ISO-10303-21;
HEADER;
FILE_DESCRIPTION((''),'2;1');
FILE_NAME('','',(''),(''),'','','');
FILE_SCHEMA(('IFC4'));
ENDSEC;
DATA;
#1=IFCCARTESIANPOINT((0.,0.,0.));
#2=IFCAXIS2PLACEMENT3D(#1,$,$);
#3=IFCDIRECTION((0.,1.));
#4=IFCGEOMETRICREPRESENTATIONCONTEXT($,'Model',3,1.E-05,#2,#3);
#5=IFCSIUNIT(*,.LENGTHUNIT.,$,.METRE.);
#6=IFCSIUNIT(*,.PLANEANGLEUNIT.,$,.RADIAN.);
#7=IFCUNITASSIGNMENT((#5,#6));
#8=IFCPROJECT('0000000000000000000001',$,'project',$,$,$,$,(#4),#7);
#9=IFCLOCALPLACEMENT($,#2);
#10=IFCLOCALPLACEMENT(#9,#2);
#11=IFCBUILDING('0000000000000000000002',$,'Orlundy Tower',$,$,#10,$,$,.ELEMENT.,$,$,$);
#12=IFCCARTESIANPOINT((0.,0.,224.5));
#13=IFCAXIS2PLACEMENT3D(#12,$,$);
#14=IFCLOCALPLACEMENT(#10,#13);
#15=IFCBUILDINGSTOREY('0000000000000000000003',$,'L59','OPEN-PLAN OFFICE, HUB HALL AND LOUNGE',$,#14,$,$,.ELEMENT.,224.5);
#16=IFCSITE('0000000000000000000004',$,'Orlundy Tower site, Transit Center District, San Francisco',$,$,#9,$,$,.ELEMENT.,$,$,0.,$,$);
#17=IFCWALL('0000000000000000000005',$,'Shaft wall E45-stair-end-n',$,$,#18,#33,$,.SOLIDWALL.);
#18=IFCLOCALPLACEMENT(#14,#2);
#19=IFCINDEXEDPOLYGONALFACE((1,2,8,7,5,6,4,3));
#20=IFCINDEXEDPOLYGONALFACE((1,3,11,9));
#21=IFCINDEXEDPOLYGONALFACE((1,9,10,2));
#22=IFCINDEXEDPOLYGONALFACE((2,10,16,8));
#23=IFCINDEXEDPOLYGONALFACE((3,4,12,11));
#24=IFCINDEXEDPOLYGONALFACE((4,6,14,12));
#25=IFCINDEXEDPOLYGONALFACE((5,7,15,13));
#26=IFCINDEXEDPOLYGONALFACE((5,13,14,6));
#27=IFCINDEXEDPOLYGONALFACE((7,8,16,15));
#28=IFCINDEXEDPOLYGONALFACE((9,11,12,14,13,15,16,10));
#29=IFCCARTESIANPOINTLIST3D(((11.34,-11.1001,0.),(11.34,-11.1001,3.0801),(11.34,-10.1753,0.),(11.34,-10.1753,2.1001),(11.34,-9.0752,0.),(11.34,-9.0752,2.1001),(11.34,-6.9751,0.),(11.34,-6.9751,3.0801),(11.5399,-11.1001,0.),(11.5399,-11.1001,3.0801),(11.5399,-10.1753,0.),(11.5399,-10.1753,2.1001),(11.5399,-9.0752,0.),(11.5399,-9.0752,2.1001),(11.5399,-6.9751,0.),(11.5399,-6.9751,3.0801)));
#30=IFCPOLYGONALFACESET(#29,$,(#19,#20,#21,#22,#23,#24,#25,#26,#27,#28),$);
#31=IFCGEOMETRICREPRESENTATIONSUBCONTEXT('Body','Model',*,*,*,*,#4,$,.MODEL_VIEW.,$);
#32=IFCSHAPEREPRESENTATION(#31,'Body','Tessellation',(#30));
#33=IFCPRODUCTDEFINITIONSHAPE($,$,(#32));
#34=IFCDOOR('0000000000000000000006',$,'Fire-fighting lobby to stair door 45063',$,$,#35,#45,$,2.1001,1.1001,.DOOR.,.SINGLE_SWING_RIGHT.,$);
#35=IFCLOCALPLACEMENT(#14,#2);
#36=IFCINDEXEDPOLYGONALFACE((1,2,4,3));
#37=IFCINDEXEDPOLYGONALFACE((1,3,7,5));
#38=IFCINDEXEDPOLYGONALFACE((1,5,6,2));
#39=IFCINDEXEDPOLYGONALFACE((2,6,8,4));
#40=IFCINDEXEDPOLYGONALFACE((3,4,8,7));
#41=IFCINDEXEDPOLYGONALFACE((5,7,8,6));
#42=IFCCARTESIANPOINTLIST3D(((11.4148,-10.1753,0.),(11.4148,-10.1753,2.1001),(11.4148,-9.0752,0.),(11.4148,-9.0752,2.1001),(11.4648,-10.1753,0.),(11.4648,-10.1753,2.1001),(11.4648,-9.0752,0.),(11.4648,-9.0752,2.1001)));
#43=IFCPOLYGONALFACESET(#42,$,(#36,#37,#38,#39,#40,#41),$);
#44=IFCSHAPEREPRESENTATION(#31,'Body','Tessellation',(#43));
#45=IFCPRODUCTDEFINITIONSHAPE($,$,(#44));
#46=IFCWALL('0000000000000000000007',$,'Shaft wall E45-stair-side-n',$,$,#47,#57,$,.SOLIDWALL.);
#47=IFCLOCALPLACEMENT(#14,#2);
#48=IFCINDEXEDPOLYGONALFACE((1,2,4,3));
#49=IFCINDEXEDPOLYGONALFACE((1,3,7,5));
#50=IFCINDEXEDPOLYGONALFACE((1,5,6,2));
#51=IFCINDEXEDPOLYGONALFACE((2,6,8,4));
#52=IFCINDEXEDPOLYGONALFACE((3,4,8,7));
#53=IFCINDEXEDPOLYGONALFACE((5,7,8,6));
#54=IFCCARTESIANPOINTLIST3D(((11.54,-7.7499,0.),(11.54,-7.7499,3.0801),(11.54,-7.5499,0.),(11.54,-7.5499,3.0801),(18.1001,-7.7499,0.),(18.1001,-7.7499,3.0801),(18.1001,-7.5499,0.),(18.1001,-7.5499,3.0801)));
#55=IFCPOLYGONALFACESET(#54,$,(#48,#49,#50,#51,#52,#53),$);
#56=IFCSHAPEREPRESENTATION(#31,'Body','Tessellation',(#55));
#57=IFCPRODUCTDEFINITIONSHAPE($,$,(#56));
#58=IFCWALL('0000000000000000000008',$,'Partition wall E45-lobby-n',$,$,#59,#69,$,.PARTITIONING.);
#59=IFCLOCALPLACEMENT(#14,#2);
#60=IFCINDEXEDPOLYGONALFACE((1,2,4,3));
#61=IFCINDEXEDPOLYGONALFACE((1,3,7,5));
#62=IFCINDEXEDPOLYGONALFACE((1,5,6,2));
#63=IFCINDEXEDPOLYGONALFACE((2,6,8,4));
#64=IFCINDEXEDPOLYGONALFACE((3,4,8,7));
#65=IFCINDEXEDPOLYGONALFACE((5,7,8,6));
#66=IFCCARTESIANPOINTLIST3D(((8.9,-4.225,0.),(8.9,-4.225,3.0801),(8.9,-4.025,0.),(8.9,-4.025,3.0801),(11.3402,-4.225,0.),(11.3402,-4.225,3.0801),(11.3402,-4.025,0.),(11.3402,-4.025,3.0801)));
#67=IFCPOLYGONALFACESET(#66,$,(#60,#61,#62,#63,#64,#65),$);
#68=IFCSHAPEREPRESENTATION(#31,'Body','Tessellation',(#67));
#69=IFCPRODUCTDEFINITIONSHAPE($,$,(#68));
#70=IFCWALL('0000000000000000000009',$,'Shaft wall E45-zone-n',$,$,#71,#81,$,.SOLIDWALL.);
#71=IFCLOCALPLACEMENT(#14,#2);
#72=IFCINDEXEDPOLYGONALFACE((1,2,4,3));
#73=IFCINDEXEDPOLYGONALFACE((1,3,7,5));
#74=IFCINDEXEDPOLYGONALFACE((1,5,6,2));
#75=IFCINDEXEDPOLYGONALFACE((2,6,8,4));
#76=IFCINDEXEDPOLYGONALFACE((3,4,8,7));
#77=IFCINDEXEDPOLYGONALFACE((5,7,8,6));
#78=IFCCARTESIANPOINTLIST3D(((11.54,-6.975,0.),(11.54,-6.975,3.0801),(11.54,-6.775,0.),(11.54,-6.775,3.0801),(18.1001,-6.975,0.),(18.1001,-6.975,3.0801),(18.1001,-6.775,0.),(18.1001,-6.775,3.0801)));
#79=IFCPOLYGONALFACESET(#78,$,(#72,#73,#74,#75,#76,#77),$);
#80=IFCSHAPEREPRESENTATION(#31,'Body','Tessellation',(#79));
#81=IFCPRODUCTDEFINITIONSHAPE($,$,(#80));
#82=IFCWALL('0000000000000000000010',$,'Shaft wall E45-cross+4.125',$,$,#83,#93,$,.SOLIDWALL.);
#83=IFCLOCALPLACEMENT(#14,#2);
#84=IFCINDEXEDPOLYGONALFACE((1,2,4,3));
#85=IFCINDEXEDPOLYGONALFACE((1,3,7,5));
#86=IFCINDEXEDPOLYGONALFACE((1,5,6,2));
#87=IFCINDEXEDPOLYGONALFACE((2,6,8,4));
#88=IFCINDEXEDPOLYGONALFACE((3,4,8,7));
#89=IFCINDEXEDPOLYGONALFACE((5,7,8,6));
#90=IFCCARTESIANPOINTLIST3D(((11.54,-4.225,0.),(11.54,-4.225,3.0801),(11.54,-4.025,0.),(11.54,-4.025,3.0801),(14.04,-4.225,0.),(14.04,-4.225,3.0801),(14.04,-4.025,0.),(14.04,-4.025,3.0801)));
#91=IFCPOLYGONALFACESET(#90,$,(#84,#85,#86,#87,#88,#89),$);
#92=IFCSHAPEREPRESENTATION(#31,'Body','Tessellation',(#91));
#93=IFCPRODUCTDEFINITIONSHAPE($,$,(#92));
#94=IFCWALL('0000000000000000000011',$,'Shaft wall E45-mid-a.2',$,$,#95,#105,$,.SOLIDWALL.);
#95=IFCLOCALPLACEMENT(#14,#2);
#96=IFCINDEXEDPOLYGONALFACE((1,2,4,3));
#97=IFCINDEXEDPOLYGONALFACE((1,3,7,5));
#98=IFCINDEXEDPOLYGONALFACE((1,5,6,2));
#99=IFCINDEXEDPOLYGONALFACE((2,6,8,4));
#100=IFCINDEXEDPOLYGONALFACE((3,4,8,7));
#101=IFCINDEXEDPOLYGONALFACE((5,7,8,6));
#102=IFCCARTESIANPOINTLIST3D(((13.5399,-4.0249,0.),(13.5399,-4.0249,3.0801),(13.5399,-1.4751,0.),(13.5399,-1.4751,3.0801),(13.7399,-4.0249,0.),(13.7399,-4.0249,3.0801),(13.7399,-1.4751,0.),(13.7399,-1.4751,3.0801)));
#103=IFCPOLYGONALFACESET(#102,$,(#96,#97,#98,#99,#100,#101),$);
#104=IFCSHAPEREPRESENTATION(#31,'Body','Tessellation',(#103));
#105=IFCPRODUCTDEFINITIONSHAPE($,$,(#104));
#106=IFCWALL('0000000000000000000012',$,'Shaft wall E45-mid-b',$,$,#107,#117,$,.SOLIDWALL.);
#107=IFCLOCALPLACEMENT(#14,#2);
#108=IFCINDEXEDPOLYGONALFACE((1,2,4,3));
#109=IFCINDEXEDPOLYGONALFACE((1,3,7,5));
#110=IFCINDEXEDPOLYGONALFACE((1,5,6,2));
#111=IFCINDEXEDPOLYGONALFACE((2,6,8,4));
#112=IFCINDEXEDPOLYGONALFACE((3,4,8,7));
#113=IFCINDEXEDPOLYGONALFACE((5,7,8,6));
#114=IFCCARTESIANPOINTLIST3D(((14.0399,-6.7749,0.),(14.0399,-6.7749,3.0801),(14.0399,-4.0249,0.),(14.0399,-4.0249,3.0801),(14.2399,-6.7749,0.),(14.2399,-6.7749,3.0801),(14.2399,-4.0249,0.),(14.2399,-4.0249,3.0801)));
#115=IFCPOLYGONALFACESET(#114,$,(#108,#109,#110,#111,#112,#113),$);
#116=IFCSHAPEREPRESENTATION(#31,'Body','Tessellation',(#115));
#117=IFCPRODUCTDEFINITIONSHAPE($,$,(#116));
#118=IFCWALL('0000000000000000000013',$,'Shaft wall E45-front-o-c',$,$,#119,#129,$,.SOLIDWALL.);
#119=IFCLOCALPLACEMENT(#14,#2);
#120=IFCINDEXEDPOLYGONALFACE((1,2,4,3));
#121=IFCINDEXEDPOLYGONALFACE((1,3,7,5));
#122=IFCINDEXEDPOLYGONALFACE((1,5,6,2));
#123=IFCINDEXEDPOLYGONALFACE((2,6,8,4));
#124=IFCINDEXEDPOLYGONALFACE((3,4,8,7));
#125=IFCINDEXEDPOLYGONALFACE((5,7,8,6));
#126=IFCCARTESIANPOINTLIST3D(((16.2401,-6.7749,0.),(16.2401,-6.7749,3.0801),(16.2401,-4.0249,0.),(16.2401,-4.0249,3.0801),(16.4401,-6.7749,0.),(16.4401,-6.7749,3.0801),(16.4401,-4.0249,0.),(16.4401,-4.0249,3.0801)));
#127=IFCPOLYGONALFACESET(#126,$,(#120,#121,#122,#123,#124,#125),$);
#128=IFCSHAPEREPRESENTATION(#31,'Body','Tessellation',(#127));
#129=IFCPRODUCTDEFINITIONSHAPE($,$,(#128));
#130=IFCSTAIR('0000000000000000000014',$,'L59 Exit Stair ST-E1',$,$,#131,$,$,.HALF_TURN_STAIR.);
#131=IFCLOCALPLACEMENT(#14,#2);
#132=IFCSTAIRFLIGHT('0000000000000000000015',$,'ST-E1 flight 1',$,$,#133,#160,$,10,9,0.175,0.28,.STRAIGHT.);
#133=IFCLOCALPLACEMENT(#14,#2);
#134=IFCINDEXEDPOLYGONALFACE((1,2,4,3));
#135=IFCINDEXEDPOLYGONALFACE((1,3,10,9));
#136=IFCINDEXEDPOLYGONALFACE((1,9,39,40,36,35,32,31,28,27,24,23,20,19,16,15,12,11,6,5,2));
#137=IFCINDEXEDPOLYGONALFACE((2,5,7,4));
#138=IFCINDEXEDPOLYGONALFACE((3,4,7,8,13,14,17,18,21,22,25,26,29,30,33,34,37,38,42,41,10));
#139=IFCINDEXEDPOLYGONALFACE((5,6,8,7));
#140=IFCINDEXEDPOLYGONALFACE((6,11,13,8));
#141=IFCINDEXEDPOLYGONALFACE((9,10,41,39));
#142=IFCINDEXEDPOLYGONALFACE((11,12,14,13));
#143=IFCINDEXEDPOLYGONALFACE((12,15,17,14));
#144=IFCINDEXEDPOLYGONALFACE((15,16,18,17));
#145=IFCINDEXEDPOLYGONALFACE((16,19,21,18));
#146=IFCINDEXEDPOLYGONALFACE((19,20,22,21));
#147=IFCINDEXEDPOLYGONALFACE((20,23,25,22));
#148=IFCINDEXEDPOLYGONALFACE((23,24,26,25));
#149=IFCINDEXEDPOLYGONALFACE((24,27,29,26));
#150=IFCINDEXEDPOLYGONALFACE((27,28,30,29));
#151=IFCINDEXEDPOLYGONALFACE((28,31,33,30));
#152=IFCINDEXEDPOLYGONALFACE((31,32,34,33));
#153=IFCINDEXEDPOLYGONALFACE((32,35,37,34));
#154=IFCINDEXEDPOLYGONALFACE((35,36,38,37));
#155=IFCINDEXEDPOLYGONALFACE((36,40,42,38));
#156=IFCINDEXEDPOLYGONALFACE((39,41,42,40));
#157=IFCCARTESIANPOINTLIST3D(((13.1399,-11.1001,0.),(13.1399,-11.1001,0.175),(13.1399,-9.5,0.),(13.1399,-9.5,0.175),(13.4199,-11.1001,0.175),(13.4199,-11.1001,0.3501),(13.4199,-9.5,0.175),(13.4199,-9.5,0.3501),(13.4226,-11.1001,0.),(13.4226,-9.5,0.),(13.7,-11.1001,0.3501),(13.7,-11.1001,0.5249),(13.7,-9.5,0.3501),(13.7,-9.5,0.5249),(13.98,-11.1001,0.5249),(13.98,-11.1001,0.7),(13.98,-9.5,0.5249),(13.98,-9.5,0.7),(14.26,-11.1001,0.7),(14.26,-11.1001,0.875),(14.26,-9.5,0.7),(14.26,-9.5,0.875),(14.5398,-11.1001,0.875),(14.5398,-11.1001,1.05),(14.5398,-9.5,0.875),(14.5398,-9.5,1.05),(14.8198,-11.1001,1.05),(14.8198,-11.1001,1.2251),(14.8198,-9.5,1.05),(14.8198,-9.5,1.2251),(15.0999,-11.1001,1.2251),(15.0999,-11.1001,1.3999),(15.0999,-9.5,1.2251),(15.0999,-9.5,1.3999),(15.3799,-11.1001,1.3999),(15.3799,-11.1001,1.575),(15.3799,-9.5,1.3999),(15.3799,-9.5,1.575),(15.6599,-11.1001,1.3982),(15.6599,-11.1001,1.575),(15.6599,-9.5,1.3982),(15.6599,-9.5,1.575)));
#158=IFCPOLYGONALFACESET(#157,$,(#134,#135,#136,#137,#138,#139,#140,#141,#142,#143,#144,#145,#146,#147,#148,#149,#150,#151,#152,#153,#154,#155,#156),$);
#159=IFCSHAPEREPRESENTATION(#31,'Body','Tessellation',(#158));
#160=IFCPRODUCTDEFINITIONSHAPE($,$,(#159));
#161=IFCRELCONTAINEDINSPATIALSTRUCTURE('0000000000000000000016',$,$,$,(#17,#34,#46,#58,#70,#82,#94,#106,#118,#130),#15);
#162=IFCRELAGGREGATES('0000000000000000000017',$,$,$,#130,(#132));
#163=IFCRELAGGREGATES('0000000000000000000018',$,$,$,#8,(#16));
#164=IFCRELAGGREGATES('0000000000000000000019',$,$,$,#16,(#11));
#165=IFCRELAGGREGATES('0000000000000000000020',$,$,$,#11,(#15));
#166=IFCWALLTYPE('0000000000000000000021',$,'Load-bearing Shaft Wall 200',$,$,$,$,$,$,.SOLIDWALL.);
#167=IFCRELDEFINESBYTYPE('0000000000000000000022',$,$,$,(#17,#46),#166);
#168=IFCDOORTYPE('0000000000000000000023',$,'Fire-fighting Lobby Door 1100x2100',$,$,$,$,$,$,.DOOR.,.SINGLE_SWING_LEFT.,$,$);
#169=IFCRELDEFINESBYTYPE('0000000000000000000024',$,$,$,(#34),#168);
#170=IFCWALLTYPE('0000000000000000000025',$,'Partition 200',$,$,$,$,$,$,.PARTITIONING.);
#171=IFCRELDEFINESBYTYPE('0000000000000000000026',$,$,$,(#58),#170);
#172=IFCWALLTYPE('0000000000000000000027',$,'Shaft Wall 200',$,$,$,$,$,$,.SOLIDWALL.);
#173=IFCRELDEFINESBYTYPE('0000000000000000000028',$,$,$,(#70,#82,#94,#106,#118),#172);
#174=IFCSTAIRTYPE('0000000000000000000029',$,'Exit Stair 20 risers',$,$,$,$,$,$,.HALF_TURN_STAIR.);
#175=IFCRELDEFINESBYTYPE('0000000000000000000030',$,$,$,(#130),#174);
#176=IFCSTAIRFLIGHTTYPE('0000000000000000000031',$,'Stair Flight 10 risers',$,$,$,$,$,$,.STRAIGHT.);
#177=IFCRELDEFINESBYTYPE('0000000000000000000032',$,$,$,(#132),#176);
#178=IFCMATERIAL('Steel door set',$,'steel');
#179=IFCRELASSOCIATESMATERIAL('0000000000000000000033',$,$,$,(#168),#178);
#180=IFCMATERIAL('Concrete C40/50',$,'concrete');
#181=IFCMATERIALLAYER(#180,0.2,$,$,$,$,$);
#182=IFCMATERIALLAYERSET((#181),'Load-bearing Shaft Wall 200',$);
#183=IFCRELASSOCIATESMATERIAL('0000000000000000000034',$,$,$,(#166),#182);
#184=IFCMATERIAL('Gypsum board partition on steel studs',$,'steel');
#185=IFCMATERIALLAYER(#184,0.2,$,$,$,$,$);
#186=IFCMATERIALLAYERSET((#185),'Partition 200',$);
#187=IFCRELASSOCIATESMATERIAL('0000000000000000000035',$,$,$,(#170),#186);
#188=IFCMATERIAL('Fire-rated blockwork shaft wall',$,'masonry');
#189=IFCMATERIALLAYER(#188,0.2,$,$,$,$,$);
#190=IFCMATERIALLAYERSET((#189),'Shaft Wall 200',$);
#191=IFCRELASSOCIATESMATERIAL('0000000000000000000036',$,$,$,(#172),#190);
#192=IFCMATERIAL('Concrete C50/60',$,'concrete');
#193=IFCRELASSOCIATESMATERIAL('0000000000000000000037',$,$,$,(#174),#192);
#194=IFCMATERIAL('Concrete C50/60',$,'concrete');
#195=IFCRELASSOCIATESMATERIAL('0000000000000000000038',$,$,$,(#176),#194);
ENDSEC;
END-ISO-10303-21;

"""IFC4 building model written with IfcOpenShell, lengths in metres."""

from ifc_helpers import new_model, si_unit, direction, frame, frame_2d, origin, place, context, subcontext, project, spatial, polyline, rectangle, outline, extrude, material, layer, layer_set, type_object, element, fill, aggregate, save


model = new_model("IFC4")

# Units and contexts
model_context = context("Model", 3, precision=1e-05, world=origin(), true_north=direction((0.0, 1.0)))
body_context = subcontext(model_context, "Body", "Model", "MODEL_VIEW")
ifc_project = project(units=[si_unit("LENGTHUNIT", "METRE"), si_unit("PLANEANGLEUNIT", "RADIAN")], contexts=[model_context])

# Site, building, storey
site_placement = place(None, origin())
site = spatial("IfcSite", under=ifc_project, at=site_placement, Name="Orlundy Tower site, Transit Center District, San Francisco", CompositionType="ELEMENT", RefElevation=0.0)
building_placement = place(site_placement, origin())
building = spatial("IfcBuilding", under=site, at=building_placement, Name="Orlundy Tower", CompositionType="ELEMENT")
storey_placement = place(building_placement, frame((0.0, 0.0, 224.5)))
storey = spatial("IfcBuildingStorey", under=building, at=storey_placement, Name="L59", Description="OPEN-PLAN OFFICE, HUB HALL AND LOUNGE", CompositionType="ELEMENT", Elevation=224.5)

# Shared definitions
ifc_material_1 = material(Name="Steel door set", Category="steel")
door_type_1 = type_object("IfcDoorType", Name="Fire-fighting Lobby Door 1100x2100", OperationType="SINGLE_SWING_LEFT", PredefinedType="DOOR", material=ifc_material_1)

# Wall, opening, door
ifc_material_2 = material(Name="Concrete C40/50", Category="concrete")
ifc_layer_1 = layer(ifc_material_2, 0.2)
ifc_layer_set_1 = layer_set([ifc_layer_1], Name="Load-bearing Shaft Wall 200")
wall_type_1 = type_object("IfcWallType", Name="Load-bearing Shaft Wall 200", PredefinedType="SOLIDWALL", material=ifc_layer_set_1)
wall_1_placement = place(storey_placement, frame((11.4399, -6.9751, 0.0), z_axis=(0.0, 0.0, 1.0), x_axis=(0.0, -1.0, 0.0)))
wall_1 = element("IfcWall", 1, at=wall_1_placement, inside=storey, type_object=wall_type_1, Name="Shaft wall E45-stair-end-n", PredefinedType="SOLIDWALL", context=body_context, shape_type="SweptSolid", body=[
    extrude(rectangle(XDim=4.125, YDim=0.2, at=frame_2d((2.0625, 0.0))), origin(), (0.0, 0.0, 1.0), 3.0801),
])
opening_1_placement = place(wall_1_placement, frame((2.1001, 0.0, 0.0)))
opening_1 = element("IfcOpeningElement", 2, at=opening_1_placement, cuts=wall_1, PredefinedType="OPENING", context=body_context, shape_type="SweptSolid", body=[
    extrude(rectangle(XDim=1.1001, YDim=2.1001, at=frame_2d((0.55, 1.05))), frame((0.0, 0.1101, 0.0), z_axis=(0.0, -1.0, 0.0), x_axis=(1.0, 0.0, 0.0)), (0.0, 0.0, 1.0), 0.2202),
])
door_1_placement = place(opening_1_placement, origin())
door_1 = element("IfcDoor", 3, at=door_1_placement, inside=storey, type_object=door_type_1, Name="Fire-fighting lobby to stair door 45063", OperationType="SINGLE_SWING_RIGHT", OverallHeight=2.1001, OverallWidth=1.1001, PredefinedType="DOOR", context=body_context, shape_type="SweptSolid", body=[
    extrude(rectangle(XDim=1.1001, YDim=2.1001, at=frame_2d((0.55, 1.05))), frame((0.0, 0.0249, 0.0), z_axis=(0.0, -1.0, 0.0), x_axis=(1.0, 0.0, 0.0)), (0.0, 0.0, 1.0), 0.05),
])
fill(opening_1, door_1)

# Walls
wall_2_placement = place(storey_placement, frame((11.54, -7.6499, 0.0), z_axis=(0.0, 0.0, 1.0), x_axis=(1.0, 0.0, 0.0)))
element("IfcWall", 4, at=wall_2_placement, inside=storey, type_object=wall_type_1, Name="Shaft wall E45-stair-side-n", PredefinedType="SOLIDWALL", context=body_context, shape_type="SweptSolid", body=[
    extrude(rectangle(XDim=6.5601, YDim=0.2, at=frame_2d((3.28, 0.0))), origin(), (0.0, 0.0, 1.0), 3.0801),
])
ifc_material_3 = material(Name="Gypsum board partition on steel studs", Category="steel")
ifc_layer_2 = layer(ifc_material_3, 0.2)
ifc_layer_set_2 = layer_set([ifc_layer_2], Name="Partition 200")
wall_type_2 = type_object("IfcWallType", Name="Partition 200", PredefinedType="PARTITIONING", material=ifc_layer_set_2)
wall_3_placement = place(storey_placement, frame((8.8999, -4.125, 0.0), z_axis=(0.0, 0.0, 1.0), x_axis=(1.0, 0.0, 0.0)))
element("IfcWall", 5, at=wall_3_placement, inside=storey, type_object=wall_type_2, Name="Partition wall E45-lobby-n", PredefinedType="PARTITIONING", context=body_context, shape_type="SweptSolid", body=[
    extrude(rectangle(XDim=2.4402, YDim=0.2, at=frame_2d((1.2202, 0.0))), origin(), (0.0, 0.0, 1.0), 3.0801),
])
ifc_material_4 = material(Name="Fire-rated blockwork shaft wall", Category="masonry")
ifc_layer_3 = layer(ifc_material_4, 0.2)
ifc_layer_set_3 = layer_set([ifc_layer_3], Name="Shaft Wall 200")
wall_type_3 = type_object("IfcWallType", Name="Shaft Wall 200", PredefinedType="SOLIDWALL", material=ifc_layer_set_3)
wall_4_placement = place(storey_placement, frame((11.54, -6.875, 0.0), z_axis=(0.0, 0.0, 1.0), x_axis=(1.0, 0.0, 0.0)))
element("IfcWall", 6, at=wall_4_placement, inside=storey, type_object=wall_type_3, Name="Shaft wall E45-zone-n", PredefinedType="SOLIDWALL", context=body_context, shape_type="SweptSolid", body=[
    extrude(rectangle(XDim=6.5601, YDim=0.2, at=frame_2d((3.28, 0.0))), origin(), (0.0, 0.0, 1.0), 3.0801),
])
wall_5_placement = place(storey_placement, frame((11.54, -4.125, 0.0), z_axis=(0.0, 0.0, 1.0), x_axis=(1.0, 0.0, 0.0)))
element("IfcWall", 7, at=wall_5_placement, inside=storey, type_object=wall_type_3, Name="Shaft wall E45-cross+4.125", PredefinedType="SOLIDWALL", context=body_context, shape_type="SweptSolid", body=[
    extrude(rectangle(XDim=2.5, YDim=0.2, at=frame_2d((1.25, 0.0))), origin(), (0.0, 0.0, 1.0), 3.0801),
])
wall_6_placement = place(storey_placement, frame((13.6399, -1.4751, 0.0), z_axis=(0.0, 0.0, 1.0), x_axis=(0.0, -1.0, 0.0)))
element("IfcWall", 8, at=wall_6_placement, inside=storey, type_object=wall_type_3, Name="Shaft wall E45-mid-a.2", PredefinedType="SOLIDWALL", context=body_context, shape_type="SweptSolid", body=[
    extrude(rectangle(XDim=2.5498, YDim=0.2, at=frame_2d((1.2749, 0.0))), origin(), (0.0, 0.0, 1.0), 3.0801),
])
for number, where, z_axis, x_axis, name in (
    (9, (14.1399, -4.0249, 0.0), (0.0, 0.0, 1.0), (0.0, -1.0, 0.0), "Shaft wall E45-mid-b"),
    (10, (16.3401, -4.0249, 0.0), (0.0, 0.0, 1.0), (0.0, -1.0, 0.0), "Shaft wall E45-front-o-c"),
):
    element("IfcWall", number, at=place(storey_placement, frame(where, z_axis=z_axis, x_axis=x_axis)), inside=storey, type_object=wall_type_3, Name=name, PredefinedType="SOLIDWALL", context=body_context, shape_type="SweptSolid", body=[
        extrude(rectangle(XDim=2.75, YDim=0.2, at=frame_2d((1.375, 0.0))), origin(), (0.0, 0.0, 1.0), 3.0801),
    ])

# Stair, stair flight
ifc_material_5 = material(Name="Concrete C50/60", Category="concrete")
stair_type = type_object("IfcStairType", Name="Exit Stair 20 risers", PredefinedType="HALF_TURN_STAIR", material=ifc_material_5)
stair_placement = place(storey_placement, origin())
stair = element("IfcStair", 11, at=stair_placement, inside=storey, type_object=stair_type, Name="L59 Exit Stair ST-E1", PredefinedType="HALF_TURN_STAIR")
ifc_material_6 = material(Name="Concrete C50/60", Category="concrete")
stair_flight_type = type_object("IfcStairFlightType", Name="Stair Flight 10 risers", PredefinedType="STRAIGHT", material=ifc_material_6)
stair_flight_1_placement = place(storey_placement, frame((13.1399, -10.3, 0.0), z_axis=(0.0, 0.0, 1.0), x_axis=(1.0, 0.0, 0.0)))
stair_flight_1 = element("IfcStairFlight", 12, at=stair_flight_1_placement, type_object=stair_flight_type, Name="ST-E1 flight 1", NumberOfRisers=10, NumberOfTreads=9, PredefinedType="STRAIGHT", RiserHeight=0.175, TreadLength=0.28, context=body_context, shape_type="SweptSolid", body=[
    extrude(outline(polyline([(0.0, 0.0), (0.0, 0.175), (0.28, 0.175), (0.28, 0.3501), (0.5601, 0.3501), (0.5601, 0.5249), (0.8401, 0.5249), (0.8401, 0.7), (1.1201, 0.7), (1.1201, 0.875), (1.3999, 0.875), (1.3999, 1.05), (1.6799, 1.05), (1.6799, 1.2251), (1.96, 1.2251), (1.96, 1.3999), (2.24, 1.3999), (2.24, 1.575), (2.52, 1.575), (2.52, 1.75), (2.52, 1.3982), (0.2827, 0.0), (0.0, 0.0)])), frame((0.0, 0.8, 0.0), z_axis=(0.0, -1.0, 0.0), x_axis=(1.0, 0.0, 0.0)), (0.0, 0.0, 1.0), 1.6001),
])
aggregate(stair, [stair_flight_1])

save(model, "model.ifc")
